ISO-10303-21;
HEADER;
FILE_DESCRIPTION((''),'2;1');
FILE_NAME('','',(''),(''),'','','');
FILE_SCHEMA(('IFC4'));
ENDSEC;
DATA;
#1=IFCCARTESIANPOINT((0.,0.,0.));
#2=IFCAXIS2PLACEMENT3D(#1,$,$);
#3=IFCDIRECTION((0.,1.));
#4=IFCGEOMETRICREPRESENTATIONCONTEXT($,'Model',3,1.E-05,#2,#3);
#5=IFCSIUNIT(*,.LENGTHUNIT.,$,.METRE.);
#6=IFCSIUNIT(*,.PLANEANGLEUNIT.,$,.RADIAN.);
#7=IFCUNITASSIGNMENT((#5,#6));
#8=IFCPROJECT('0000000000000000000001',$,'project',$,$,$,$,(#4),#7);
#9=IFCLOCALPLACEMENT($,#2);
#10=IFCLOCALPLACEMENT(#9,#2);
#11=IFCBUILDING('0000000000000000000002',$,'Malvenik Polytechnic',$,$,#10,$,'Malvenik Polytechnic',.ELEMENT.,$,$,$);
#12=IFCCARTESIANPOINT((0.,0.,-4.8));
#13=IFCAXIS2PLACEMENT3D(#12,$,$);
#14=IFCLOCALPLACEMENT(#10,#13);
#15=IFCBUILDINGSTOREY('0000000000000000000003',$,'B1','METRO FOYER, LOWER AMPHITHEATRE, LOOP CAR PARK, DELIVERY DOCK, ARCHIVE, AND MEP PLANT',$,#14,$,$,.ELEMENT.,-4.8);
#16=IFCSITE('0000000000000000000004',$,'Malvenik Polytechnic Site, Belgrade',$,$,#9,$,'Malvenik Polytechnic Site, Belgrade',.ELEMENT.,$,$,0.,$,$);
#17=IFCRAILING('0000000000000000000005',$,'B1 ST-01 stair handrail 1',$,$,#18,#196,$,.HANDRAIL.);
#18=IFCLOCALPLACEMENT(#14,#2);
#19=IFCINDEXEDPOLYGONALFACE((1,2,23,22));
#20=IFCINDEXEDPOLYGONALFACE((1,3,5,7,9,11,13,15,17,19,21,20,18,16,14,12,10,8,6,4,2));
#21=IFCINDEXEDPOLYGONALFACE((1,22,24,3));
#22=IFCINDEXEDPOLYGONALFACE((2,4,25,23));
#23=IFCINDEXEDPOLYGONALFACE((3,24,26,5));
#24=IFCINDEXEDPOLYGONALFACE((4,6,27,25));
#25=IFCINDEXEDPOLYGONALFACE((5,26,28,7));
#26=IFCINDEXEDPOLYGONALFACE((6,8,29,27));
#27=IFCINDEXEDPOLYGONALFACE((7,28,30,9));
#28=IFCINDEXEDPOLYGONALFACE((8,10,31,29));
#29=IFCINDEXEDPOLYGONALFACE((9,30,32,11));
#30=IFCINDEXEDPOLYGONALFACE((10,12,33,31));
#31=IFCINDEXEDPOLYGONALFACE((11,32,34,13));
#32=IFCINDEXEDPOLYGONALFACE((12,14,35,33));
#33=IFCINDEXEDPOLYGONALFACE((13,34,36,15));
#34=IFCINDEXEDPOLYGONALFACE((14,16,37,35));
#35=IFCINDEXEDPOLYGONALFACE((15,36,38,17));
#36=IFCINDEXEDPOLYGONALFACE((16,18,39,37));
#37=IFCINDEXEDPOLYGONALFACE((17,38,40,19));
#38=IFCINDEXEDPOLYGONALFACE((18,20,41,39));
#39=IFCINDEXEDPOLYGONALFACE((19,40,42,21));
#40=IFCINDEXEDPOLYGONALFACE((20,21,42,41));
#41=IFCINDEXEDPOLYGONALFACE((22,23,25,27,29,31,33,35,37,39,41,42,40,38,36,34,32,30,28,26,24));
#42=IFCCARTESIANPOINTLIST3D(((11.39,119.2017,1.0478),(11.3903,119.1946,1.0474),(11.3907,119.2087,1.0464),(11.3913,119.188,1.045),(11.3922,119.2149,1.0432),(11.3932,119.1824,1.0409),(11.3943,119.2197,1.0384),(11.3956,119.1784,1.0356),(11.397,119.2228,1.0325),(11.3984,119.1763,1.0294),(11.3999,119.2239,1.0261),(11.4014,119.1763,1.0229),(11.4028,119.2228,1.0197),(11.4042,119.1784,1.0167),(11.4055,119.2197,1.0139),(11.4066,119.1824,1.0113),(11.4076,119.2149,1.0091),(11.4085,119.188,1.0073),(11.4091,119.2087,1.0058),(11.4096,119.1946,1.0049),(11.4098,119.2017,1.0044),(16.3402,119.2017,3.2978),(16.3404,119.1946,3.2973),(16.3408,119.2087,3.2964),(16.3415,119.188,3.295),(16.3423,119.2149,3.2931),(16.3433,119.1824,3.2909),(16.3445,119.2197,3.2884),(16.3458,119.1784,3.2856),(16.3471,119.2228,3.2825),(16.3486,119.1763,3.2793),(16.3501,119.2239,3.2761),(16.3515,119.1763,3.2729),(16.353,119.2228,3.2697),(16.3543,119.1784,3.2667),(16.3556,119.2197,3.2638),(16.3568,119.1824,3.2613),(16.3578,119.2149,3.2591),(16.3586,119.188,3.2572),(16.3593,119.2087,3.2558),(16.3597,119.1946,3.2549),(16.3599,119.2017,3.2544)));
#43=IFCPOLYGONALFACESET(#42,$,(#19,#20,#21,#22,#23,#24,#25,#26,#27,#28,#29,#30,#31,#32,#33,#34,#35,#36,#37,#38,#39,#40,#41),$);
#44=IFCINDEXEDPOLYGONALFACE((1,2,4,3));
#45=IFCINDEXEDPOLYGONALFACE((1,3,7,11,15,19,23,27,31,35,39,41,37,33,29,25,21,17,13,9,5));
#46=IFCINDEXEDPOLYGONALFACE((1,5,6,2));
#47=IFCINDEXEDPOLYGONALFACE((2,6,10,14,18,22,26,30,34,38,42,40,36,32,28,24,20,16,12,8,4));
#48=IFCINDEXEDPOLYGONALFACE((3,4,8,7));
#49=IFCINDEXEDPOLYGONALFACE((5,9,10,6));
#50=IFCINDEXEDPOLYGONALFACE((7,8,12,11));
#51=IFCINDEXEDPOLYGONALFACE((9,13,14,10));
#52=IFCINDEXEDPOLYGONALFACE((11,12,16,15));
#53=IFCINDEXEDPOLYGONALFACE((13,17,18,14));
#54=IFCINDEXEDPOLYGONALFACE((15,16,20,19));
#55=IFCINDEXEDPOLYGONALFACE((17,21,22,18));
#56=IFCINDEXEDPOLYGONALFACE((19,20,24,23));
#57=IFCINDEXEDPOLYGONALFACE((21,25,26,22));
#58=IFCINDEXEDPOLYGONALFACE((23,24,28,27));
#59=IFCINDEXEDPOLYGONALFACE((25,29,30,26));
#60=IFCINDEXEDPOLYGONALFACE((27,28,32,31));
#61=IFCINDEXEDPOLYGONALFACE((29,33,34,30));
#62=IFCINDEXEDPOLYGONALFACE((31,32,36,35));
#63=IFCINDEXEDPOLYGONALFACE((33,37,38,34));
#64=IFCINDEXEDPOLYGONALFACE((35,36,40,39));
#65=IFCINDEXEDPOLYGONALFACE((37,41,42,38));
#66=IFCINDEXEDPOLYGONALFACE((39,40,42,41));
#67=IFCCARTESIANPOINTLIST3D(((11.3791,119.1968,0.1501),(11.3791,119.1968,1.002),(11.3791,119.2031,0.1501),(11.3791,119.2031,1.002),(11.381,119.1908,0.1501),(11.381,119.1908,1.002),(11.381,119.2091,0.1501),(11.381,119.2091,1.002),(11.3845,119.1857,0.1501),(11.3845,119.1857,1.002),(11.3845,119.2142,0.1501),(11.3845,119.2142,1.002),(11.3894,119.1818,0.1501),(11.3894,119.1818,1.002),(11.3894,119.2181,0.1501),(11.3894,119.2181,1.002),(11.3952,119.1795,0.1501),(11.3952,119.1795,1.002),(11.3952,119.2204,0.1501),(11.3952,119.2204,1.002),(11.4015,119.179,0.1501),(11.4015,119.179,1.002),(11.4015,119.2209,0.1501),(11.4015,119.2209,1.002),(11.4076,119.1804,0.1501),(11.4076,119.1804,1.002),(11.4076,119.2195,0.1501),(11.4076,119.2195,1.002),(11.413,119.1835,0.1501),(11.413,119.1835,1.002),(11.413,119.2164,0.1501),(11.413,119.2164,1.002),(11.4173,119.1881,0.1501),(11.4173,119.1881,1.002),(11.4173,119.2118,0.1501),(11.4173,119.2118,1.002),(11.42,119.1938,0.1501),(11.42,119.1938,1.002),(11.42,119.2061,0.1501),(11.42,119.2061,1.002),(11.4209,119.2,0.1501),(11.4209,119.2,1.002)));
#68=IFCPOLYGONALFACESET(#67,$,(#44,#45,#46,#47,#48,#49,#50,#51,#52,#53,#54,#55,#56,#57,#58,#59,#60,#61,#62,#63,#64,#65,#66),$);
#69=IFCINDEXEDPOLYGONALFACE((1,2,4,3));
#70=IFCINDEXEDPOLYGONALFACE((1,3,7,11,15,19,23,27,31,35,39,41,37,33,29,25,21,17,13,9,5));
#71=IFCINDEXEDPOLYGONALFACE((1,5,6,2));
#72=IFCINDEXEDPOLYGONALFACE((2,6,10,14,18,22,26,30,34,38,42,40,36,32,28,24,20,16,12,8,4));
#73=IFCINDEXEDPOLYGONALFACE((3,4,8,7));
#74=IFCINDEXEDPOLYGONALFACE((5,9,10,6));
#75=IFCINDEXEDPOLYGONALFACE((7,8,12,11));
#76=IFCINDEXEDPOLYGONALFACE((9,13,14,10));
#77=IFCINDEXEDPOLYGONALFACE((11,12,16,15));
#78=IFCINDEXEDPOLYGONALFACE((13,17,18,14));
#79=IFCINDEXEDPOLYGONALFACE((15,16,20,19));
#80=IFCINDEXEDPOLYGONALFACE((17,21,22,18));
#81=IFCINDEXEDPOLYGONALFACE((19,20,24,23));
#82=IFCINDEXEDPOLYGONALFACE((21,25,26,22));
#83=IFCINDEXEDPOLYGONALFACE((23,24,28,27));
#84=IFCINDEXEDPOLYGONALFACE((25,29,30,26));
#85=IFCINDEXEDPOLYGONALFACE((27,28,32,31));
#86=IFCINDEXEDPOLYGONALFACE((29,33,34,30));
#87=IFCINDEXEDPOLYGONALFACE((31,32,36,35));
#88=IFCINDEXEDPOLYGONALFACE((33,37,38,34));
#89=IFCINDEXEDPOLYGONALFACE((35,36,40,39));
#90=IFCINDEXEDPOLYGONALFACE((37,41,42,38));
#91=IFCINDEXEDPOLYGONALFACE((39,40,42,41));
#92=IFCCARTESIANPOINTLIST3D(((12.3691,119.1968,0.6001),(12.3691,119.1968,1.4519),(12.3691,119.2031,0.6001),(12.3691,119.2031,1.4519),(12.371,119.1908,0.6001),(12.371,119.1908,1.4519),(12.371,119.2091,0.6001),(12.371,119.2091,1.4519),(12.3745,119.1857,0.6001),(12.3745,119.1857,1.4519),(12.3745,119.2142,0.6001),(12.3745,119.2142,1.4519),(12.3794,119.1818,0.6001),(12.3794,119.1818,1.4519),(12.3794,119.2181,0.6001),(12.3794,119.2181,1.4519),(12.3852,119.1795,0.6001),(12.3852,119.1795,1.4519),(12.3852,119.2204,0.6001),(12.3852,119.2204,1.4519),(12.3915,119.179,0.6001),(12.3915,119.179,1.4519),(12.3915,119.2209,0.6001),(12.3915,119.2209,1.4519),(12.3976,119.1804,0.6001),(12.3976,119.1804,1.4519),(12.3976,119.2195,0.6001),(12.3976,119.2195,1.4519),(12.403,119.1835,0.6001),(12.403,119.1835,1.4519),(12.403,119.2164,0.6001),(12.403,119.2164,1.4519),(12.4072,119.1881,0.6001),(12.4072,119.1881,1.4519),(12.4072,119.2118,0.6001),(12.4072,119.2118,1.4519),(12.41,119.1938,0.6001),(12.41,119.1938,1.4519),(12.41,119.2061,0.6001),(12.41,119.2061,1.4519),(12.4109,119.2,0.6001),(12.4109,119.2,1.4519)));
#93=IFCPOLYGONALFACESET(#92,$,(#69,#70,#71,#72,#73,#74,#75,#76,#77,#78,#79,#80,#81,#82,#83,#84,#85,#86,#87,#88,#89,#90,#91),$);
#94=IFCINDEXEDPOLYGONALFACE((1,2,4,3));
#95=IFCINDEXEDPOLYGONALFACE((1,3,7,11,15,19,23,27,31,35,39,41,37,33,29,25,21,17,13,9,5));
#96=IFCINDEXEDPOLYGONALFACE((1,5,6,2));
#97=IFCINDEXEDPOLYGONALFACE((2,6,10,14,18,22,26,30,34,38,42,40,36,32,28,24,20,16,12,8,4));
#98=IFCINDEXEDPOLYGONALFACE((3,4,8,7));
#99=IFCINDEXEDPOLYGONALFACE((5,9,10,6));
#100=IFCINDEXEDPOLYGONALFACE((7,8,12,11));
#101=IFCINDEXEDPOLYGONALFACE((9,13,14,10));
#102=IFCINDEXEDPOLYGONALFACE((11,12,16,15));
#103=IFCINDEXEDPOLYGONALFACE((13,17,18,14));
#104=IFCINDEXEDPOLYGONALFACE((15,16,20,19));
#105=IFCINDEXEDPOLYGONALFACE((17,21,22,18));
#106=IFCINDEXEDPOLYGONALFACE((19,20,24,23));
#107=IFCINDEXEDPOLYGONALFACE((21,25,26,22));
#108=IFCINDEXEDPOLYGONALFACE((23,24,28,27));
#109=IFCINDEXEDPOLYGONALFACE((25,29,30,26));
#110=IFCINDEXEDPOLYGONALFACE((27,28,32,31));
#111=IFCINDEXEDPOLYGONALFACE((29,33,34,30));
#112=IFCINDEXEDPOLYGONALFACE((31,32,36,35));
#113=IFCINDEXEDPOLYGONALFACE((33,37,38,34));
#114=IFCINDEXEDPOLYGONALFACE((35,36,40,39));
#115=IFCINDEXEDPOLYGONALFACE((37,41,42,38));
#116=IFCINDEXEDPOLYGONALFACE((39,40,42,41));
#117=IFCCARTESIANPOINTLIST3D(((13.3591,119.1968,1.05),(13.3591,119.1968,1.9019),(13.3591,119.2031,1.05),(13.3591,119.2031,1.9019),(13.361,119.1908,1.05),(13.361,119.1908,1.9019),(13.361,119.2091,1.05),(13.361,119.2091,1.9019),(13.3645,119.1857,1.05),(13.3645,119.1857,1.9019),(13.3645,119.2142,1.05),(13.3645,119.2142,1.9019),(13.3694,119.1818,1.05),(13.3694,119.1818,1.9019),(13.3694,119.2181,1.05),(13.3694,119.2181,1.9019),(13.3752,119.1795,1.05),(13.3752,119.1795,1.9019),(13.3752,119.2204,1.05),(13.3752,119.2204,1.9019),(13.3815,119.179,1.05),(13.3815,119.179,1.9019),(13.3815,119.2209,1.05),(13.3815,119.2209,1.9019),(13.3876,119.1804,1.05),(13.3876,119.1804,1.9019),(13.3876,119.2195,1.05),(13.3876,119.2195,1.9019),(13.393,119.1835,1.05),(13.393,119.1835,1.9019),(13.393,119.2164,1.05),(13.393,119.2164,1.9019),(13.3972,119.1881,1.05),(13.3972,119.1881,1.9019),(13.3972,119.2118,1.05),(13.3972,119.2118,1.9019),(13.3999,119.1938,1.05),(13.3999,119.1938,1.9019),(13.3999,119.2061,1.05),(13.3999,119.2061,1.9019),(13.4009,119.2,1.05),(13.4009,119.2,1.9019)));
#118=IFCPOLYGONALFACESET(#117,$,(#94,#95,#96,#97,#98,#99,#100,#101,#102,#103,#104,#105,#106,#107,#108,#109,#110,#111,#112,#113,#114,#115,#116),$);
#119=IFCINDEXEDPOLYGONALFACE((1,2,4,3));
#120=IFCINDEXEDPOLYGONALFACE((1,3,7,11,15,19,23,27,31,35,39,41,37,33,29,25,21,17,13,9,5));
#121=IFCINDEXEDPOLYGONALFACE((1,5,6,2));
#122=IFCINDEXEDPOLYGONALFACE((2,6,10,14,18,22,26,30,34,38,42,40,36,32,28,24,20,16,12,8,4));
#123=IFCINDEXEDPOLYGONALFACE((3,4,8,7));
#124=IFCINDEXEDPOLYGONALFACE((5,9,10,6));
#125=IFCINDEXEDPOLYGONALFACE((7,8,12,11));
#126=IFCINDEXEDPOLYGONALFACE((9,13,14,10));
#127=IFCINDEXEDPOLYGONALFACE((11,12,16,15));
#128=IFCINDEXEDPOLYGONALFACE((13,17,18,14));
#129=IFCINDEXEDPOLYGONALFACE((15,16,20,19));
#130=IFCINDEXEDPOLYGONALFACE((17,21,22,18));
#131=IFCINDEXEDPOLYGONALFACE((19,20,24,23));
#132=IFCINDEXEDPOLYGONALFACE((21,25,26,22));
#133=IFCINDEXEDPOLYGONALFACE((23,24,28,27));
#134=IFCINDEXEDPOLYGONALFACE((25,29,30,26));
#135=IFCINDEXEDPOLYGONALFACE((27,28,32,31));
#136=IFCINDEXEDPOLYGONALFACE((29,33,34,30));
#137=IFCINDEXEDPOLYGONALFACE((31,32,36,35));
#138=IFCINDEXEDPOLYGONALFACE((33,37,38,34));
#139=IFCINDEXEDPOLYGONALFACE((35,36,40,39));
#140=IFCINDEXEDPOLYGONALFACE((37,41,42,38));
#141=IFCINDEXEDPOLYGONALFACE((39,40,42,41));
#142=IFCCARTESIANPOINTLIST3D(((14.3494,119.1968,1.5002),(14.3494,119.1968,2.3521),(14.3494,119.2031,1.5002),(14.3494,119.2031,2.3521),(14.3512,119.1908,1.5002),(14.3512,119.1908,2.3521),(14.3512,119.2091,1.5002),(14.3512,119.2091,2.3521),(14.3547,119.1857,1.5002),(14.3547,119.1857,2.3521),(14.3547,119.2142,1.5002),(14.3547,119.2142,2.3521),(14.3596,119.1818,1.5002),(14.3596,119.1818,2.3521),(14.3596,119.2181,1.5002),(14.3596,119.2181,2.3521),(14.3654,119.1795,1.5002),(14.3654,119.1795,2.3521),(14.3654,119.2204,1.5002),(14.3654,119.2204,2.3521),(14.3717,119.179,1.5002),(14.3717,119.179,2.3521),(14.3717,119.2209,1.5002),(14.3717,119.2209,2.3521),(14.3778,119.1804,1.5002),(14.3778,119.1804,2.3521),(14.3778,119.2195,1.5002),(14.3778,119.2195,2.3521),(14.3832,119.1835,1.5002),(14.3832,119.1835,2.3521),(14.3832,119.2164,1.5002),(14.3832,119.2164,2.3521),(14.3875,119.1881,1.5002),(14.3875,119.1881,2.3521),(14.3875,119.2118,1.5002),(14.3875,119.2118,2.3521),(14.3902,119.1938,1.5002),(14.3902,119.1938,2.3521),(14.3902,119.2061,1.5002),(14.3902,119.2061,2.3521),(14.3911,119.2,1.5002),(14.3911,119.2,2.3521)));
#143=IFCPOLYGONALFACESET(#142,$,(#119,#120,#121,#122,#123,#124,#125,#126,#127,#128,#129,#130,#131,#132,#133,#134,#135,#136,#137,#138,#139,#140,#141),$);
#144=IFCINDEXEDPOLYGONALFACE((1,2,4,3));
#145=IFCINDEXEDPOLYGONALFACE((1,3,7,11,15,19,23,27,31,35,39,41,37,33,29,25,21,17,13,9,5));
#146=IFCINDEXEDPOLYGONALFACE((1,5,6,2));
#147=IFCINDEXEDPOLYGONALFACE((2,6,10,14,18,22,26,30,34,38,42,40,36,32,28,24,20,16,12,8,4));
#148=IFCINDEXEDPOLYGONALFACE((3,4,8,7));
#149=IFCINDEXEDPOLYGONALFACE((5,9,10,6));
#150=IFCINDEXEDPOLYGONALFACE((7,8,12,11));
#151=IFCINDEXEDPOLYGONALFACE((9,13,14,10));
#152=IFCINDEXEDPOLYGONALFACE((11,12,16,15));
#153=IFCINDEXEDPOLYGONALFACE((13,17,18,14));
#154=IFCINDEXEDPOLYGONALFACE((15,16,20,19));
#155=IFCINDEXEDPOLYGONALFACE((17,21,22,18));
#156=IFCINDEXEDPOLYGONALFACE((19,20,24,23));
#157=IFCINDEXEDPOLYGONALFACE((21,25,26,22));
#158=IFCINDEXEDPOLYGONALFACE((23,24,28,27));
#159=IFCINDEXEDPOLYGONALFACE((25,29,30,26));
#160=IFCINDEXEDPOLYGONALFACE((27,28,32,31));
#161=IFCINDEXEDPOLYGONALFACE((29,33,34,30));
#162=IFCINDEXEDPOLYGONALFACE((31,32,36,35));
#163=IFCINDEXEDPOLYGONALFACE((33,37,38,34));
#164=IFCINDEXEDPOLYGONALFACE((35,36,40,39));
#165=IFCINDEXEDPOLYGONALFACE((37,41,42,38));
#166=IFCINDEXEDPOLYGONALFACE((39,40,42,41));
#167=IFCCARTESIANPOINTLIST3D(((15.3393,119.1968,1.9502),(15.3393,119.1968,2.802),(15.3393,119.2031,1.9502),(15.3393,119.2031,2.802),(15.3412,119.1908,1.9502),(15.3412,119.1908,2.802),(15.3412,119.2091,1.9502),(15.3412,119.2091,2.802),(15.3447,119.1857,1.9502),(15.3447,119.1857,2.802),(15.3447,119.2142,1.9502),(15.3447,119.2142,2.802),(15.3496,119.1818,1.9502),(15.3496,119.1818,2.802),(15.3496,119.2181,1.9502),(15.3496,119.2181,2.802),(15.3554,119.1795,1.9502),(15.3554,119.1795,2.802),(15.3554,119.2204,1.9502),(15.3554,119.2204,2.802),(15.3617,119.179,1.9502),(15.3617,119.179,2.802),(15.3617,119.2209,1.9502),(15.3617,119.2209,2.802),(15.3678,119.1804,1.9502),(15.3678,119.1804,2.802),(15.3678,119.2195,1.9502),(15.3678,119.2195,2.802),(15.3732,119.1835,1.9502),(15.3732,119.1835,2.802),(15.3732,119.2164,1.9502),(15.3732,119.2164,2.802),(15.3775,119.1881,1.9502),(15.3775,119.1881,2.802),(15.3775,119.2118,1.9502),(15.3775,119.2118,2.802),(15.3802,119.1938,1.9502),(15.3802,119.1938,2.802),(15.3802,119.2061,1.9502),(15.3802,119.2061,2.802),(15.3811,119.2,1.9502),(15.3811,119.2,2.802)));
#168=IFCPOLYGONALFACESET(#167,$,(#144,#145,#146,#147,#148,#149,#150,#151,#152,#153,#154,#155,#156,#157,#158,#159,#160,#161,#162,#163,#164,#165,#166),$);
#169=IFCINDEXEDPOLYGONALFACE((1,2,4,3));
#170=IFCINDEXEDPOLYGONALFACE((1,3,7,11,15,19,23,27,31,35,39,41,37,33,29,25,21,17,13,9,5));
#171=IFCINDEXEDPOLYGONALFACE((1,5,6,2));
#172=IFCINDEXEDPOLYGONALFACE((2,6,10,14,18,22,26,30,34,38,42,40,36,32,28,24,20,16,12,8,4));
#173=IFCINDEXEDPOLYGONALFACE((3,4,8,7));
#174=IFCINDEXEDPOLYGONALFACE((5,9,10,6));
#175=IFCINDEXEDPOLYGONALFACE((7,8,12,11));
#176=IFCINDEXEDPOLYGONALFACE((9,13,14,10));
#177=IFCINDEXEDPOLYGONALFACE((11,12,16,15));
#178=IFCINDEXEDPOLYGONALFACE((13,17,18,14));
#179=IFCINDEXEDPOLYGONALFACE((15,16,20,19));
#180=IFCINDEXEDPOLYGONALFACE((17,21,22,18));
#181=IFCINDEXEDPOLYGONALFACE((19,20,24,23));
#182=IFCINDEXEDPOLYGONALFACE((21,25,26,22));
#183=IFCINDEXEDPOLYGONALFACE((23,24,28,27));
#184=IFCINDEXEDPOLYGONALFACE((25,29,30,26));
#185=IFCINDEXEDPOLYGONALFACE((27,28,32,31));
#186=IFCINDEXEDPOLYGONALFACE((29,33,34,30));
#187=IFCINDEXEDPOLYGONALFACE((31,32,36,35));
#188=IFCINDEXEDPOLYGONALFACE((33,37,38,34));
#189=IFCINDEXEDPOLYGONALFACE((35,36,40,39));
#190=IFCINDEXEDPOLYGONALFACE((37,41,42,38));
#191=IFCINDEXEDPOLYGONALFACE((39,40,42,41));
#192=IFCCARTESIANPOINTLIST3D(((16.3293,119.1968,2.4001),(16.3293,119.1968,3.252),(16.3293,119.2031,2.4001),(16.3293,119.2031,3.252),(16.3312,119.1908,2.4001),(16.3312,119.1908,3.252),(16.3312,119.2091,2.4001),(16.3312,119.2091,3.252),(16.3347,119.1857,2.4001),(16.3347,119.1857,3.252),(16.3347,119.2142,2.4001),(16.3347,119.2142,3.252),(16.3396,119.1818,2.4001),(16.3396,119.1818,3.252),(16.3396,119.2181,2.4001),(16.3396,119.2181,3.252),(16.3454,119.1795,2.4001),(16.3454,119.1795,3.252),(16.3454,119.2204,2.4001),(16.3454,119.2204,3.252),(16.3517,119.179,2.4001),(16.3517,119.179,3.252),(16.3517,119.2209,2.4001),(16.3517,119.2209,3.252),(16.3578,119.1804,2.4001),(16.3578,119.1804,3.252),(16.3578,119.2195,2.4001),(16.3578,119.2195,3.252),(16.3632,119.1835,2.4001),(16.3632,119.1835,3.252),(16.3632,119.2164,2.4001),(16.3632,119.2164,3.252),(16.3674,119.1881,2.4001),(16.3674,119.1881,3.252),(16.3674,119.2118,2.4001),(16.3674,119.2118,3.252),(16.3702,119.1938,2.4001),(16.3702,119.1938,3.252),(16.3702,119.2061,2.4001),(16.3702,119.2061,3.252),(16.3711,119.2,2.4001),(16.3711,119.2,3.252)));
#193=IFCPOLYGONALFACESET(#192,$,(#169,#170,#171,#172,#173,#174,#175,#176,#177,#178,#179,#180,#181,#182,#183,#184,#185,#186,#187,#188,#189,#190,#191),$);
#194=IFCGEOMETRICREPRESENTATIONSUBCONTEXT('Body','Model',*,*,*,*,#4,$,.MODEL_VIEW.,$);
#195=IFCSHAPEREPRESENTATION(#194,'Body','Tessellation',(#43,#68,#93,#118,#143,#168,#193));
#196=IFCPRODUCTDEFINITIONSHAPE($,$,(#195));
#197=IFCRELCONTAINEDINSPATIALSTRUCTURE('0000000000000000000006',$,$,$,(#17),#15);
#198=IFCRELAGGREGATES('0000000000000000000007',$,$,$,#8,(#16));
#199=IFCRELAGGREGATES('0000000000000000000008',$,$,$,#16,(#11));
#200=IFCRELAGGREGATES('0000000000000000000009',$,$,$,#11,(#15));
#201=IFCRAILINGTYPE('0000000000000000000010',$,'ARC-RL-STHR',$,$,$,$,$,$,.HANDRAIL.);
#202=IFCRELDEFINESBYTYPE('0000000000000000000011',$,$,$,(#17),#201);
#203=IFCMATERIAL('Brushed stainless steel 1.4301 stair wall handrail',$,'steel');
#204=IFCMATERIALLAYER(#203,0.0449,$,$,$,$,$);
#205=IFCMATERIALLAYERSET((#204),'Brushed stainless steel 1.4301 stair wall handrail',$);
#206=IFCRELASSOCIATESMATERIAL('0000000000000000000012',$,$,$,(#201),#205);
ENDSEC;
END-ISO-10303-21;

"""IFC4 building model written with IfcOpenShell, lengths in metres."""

from ifc_helpers import new_model, si_unit, direction, frame, origin, origin_2d, place, context, subcontext, project, spatial, circle, extrude, material, layer, layer_set, type_object, element, save


model = new_model("IFC4")

# Units and contexts
model_context = context("Model", 3, precision=1e-05, world=origin(), true_north=direction((0.0, 1.0)))
body_context = subcontext(model_context, "Body", "Model", "MODEL_VIEW")
ifc_project = project(units=[si_unit("LENGTHUNIT", "METRE"), si_unit("PLANEANGLEUNIT", "RADIAN")], contexts=[model_context])

# Site, building, storey
site_placement = place(None, origin())
site = spatial("IfcSite", under=ifc_project, at=site_placement, Name="Malvenik Polytechnic Site, Belgrade", LongName="Malvenik Polytechnic Site, Belgrade", CompositionType="ELEMENT", RefElevation=0.0)
building_placement = place(site_placement, origin())
building = spatial("IfcBuilding", under=site, at=building_placement, Name="Malvenik Polytechnic", LongName="Malvenik Polytechnic", CompositionType="ELEMENT")
storey_placement = place(building_placement, frame((0.0, 0.0, -4.8)))
storey = spatial("IfcBuildingStorey", under=building, at=storey_placement, Name="B1", Description="METRO FOYER, LOWER AMPHITHEATRE, LOOP CAR PARK, DELIVERY DOCK, ARCHIVE, AND MEP PLANT", CompositionType="ELEMENT", Elevation=-4.8)

# Railing
ifc_material_1 = material(Name="Brushed stainless steel 1.4301 stair wall handrail", Category="steel")
ifc_layer_1 = layer(ifc_material_1, 0.0449)
ifc_layer_set_1 = layer_set([ifc_layer_1], Name="Brushed stainless steel 1.4301 stair wall handrail")
railing_type_1 = type_object("IfcRailingType", Name="ARC-RL-STHR", PredefinedType="HANDRAIL", material=ifc_layer_set_1)
railing_1_placement = place(storey_placement, frame((11.3999, 119.2, 0.1501)))
element("IfcRailing", 1, at=railing_1_placement, inside=storey, type_object=railing_type_1, Name="B1 ST-01 stair handrail 1", PredefinedType="HANDRAIL", context=body_context, shape_type="SweptSolid", body=[
    extrude(circle(Radius=0.0239, at=origin_2d()), frame((0.0, 0.0, 0.876), z_axis=(0.910373, 0.0, 0.413789), x_axis=(0.0, 1.0, 0.0)), (0.0, 0.0, 1.0), 5.4375),
    extrude(circle(Radius=0.021, at=origin_2d()), origin(), (0.0, 0.0, 1.0), 0.8518),
    extrude(circle(Radius=0.021, at=origin_2d()), frame((0.99, 0.0, 0.45)), (0.0, 0.0, 1.0), 0.8518),
    extrude(circle(Radius=0.021, at=origin_2d()), frame((1.98, 0.0, 0.8999)), (0.0, 0.0, 1.0), 0.8518),
    extrude(circle(Radius=0.021, at=origin_2d()), frame((2.9702, 0.0, 1.3501)), (0.0, 0.0, 1.0), 0.8518),
    extrude(circle(Radius=0.021, at=origin_2d()), frame((3.9602, 0.0, 1.8)), (0.0, 0.0, 1.0), 0.8518),
    extrude(circle(Radius=0.021, at=origin_2d()), frame((4.9502, 0.0, 2.25)), (0.0, 0.0, 1.0), 0.8518),
])

save(model, "model.ifc")
